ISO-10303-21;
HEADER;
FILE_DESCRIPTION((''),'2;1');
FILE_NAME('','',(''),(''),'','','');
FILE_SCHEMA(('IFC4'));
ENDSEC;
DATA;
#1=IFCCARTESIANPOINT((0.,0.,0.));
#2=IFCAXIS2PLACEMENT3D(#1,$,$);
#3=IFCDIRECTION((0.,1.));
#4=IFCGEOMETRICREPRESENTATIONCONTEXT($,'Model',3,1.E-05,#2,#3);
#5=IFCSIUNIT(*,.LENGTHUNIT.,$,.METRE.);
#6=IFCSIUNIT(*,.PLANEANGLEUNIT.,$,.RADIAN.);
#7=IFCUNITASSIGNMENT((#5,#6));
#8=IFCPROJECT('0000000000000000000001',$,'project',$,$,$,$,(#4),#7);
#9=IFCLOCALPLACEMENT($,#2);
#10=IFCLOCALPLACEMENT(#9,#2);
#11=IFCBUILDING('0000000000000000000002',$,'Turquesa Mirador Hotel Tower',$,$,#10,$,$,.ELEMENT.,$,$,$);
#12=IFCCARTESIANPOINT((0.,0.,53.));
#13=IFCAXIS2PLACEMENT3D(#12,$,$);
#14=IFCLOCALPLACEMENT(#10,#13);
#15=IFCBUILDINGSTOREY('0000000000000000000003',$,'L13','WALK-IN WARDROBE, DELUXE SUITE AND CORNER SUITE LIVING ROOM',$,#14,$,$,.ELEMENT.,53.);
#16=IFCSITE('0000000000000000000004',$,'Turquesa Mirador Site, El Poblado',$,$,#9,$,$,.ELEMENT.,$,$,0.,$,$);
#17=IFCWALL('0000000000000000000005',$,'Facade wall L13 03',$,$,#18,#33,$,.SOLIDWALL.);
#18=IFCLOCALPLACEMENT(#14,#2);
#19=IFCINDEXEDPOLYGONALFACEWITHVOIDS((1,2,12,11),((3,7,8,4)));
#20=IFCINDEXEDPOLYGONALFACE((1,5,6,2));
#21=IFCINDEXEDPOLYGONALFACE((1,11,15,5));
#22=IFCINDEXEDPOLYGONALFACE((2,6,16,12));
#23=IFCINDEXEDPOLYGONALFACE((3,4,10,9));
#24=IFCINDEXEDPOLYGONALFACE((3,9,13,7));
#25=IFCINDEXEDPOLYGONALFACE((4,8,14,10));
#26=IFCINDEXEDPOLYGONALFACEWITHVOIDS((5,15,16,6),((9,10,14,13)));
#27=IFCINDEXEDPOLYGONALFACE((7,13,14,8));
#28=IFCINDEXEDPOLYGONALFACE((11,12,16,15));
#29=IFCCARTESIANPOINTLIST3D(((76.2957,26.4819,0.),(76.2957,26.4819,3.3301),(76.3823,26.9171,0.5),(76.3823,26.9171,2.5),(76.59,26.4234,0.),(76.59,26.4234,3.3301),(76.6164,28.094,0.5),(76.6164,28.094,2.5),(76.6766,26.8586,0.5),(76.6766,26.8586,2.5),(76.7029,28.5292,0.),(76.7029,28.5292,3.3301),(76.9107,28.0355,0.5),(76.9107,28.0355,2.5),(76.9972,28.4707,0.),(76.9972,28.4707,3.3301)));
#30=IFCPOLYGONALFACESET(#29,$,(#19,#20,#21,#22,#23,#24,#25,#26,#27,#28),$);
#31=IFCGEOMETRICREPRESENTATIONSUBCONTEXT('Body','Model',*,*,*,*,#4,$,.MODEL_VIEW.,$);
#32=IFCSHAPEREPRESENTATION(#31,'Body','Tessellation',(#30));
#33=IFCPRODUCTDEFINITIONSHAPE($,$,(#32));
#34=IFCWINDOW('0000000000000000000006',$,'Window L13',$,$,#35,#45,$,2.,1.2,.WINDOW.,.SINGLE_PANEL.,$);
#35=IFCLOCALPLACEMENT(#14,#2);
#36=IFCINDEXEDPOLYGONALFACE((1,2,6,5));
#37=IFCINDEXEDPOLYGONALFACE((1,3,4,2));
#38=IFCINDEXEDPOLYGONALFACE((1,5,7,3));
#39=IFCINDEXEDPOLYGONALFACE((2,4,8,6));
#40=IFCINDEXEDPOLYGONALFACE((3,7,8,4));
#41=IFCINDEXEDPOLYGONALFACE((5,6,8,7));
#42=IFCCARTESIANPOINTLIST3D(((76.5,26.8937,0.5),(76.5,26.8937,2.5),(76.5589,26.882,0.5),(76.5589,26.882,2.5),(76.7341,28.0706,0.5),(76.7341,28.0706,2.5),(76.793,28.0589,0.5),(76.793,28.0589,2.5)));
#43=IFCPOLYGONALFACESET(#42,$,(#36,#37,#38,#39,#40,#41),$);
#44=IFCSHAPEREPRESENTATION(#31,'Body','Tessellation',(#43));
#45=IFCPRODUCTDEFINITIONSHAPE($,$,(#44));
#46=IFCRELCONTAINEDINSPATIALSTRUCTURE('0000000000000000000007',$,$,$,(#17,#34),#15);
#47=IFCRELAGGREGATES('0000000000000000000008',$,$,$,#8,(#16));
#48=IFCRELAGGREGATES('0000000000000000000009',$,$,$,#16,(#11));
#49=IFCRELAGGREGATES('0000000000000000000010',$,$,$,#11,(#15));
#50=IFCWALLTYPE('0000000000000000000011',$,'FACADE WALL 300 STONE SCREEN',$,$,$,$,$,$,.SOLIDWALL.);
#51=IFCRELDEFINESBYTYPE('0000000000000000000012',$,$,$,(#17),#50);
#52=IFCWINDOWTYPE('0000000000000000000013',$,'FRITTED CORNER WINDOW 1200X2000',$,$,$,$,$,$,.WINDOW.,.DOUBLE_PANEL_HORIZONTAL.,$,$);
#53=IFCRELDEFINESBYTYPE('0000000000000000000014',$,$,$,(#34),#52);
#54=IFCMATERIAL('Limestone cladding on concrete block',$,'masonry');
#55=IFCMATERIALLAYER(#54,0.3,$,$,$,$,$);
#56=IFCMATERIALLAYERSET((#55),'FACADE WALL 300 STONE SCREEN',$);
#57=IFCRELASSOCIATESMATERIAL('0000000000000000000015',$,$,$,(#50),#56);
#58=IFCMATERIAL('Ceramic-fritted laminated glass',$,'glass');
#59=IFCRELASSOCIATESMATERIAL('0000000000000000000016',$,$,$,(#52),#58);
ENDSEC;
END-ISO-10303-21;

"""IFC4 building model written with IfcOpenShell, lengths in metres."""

from ifc_helpers import new_model, si_unit, direction, frame, frame_2d, origin, place, context, subcontext, project, spatial, rectangle, extrude, material, layer, layer_set, type_object, element, fill, save


model = new_model("IFC4")

# Units and contexts
model_context = context("Model", 3, precision=1e-05, world=origin(), true_north=direction((0.0, 1.0)))
body_context = subcontext(model_context, "Body", "Model", "MODEL_VIEW")
ifc_project = project(units=[si_unit("LENGTHUNIT", "METRE"), si_unit("PLANEANGLEUNIT", "RADIAN")], contexts=[model_context])

# Site, building, storey
site_placement = place(None, origin())
site = spatial("IfcSite", under=ifc_project, at=site_placement, Name="Turquesa Mirador Site, El Poblado", CompositionType="ELEMENT", RefElevation=0.0)
building_placement = place(site_placement, origin())
building = spatial("IfcBuilding", under=site, at=building_placement, Name="Turquesa Mirador Hotel Tower", CompositionType="ELEMENT")
storey_placement = place(building_placement, frame((0.0, 0.0, 53.0)))
storey = spatial("IfcBuildingStorey", under=building, at=storey_placement, Name="L13", Description="WALK-IN WARDROBE, DELUXE SUITE AND CORNER SUITE LIVING ROOM", CompositionType="ELEMENT", Elevation=53.0)

# Wall, opening, window
ifc_material_1 = material(Name="Limestone cladding on concrete block", Category="masonry")
ifc_layer = layer(ifc_material_1, 0.3)
ifc_layer_set = layer_set([ifc_layer], Name="FACADE WALL 300 STONE SCREEN")
wall_type = type_object("IfcWallType", Name="FACADE WALL 300 STONE SCREEN", PredefinedType="SOLIDWALL", material=ifc_layer_set)
ifc_material_2 = material(Name="Ceramic-fritted laminated glass", Category="glass")
window_type_1 = type_object("IfcWindowType", Name="FRITTED CORNER WINDOW 1200X2000", PartitioningType="DOUBLE_PANEL_HORIZONTAL", PredefinedType="WINDOW", material=ifc_material_2)
wall_1_placement = place(storey_placement, frame((76.4429, 26.4526, 0.0), z_axis=(0.0, 0.0, 1.0), x_axis=(0.195081, 0.980787, 0.0)))
wall_1 = element("IfcWall", 1, at=wall_1_placement, inside=storey, type_object=wall_type, Name="Facade wall L13 03", PredefinedType="SOLIDWALL", context=body_context, shape_type="SweptSolid", body=[
    extrude(rectangle(XDim=2.0874, YDim=0.3, at=frame_2d((1.0437, 0.0))), origin(), (0.0, 0.0, 1.0), 3.3301),
])
opening_1_placement = place(wall_1_placement, frame((0.4436, 0.0, 0.5)))
opening_1 = element("IfcOpeningElement", 2, at=opening_1_placement, cuts=wall_1, PredefinedType="OPENING", context=body_context, shape_type="SweptSolid", body=[
    extrude(rectangle(XDim=1.2, YDim=2.0, at=frame_2d((0.6001, 1.0))), frame((0.0, 0.1599, 0.0), z_axis=(0.0, -1.0, 0.0), x_axis=(1.0, 0.0, 0.0)), (0.0, 0.0, 1.0), 0.3201),
])
window_1_placement = place(opening_1_placement, origin())
window_1 = element("IfcWindow", 3, at=window_1_placement, inside=storey, type_object=window_type_1, Name="Window L13", OverallHeight=2.0, OverallWidth=1.2, PartitioningType="SINGLE_PANEL", PredefinedType="WINDOW", context=body_context, shape_type="SweptSolid", body=[
    extrude(rectangle(XDim=1.2, YDim=2.0, at=frame_2d((0.6001, 1.0))), frame((0.0, 0.03, 0.0), z_axis=(0.0, -1.0, 0.0), x_axis=(1.0, 0.0, 0.0)), (0.0, 0.0, 1.0), 0.0601),
])
fill(opening_1, window_1)

save(model, "model.ifc")
